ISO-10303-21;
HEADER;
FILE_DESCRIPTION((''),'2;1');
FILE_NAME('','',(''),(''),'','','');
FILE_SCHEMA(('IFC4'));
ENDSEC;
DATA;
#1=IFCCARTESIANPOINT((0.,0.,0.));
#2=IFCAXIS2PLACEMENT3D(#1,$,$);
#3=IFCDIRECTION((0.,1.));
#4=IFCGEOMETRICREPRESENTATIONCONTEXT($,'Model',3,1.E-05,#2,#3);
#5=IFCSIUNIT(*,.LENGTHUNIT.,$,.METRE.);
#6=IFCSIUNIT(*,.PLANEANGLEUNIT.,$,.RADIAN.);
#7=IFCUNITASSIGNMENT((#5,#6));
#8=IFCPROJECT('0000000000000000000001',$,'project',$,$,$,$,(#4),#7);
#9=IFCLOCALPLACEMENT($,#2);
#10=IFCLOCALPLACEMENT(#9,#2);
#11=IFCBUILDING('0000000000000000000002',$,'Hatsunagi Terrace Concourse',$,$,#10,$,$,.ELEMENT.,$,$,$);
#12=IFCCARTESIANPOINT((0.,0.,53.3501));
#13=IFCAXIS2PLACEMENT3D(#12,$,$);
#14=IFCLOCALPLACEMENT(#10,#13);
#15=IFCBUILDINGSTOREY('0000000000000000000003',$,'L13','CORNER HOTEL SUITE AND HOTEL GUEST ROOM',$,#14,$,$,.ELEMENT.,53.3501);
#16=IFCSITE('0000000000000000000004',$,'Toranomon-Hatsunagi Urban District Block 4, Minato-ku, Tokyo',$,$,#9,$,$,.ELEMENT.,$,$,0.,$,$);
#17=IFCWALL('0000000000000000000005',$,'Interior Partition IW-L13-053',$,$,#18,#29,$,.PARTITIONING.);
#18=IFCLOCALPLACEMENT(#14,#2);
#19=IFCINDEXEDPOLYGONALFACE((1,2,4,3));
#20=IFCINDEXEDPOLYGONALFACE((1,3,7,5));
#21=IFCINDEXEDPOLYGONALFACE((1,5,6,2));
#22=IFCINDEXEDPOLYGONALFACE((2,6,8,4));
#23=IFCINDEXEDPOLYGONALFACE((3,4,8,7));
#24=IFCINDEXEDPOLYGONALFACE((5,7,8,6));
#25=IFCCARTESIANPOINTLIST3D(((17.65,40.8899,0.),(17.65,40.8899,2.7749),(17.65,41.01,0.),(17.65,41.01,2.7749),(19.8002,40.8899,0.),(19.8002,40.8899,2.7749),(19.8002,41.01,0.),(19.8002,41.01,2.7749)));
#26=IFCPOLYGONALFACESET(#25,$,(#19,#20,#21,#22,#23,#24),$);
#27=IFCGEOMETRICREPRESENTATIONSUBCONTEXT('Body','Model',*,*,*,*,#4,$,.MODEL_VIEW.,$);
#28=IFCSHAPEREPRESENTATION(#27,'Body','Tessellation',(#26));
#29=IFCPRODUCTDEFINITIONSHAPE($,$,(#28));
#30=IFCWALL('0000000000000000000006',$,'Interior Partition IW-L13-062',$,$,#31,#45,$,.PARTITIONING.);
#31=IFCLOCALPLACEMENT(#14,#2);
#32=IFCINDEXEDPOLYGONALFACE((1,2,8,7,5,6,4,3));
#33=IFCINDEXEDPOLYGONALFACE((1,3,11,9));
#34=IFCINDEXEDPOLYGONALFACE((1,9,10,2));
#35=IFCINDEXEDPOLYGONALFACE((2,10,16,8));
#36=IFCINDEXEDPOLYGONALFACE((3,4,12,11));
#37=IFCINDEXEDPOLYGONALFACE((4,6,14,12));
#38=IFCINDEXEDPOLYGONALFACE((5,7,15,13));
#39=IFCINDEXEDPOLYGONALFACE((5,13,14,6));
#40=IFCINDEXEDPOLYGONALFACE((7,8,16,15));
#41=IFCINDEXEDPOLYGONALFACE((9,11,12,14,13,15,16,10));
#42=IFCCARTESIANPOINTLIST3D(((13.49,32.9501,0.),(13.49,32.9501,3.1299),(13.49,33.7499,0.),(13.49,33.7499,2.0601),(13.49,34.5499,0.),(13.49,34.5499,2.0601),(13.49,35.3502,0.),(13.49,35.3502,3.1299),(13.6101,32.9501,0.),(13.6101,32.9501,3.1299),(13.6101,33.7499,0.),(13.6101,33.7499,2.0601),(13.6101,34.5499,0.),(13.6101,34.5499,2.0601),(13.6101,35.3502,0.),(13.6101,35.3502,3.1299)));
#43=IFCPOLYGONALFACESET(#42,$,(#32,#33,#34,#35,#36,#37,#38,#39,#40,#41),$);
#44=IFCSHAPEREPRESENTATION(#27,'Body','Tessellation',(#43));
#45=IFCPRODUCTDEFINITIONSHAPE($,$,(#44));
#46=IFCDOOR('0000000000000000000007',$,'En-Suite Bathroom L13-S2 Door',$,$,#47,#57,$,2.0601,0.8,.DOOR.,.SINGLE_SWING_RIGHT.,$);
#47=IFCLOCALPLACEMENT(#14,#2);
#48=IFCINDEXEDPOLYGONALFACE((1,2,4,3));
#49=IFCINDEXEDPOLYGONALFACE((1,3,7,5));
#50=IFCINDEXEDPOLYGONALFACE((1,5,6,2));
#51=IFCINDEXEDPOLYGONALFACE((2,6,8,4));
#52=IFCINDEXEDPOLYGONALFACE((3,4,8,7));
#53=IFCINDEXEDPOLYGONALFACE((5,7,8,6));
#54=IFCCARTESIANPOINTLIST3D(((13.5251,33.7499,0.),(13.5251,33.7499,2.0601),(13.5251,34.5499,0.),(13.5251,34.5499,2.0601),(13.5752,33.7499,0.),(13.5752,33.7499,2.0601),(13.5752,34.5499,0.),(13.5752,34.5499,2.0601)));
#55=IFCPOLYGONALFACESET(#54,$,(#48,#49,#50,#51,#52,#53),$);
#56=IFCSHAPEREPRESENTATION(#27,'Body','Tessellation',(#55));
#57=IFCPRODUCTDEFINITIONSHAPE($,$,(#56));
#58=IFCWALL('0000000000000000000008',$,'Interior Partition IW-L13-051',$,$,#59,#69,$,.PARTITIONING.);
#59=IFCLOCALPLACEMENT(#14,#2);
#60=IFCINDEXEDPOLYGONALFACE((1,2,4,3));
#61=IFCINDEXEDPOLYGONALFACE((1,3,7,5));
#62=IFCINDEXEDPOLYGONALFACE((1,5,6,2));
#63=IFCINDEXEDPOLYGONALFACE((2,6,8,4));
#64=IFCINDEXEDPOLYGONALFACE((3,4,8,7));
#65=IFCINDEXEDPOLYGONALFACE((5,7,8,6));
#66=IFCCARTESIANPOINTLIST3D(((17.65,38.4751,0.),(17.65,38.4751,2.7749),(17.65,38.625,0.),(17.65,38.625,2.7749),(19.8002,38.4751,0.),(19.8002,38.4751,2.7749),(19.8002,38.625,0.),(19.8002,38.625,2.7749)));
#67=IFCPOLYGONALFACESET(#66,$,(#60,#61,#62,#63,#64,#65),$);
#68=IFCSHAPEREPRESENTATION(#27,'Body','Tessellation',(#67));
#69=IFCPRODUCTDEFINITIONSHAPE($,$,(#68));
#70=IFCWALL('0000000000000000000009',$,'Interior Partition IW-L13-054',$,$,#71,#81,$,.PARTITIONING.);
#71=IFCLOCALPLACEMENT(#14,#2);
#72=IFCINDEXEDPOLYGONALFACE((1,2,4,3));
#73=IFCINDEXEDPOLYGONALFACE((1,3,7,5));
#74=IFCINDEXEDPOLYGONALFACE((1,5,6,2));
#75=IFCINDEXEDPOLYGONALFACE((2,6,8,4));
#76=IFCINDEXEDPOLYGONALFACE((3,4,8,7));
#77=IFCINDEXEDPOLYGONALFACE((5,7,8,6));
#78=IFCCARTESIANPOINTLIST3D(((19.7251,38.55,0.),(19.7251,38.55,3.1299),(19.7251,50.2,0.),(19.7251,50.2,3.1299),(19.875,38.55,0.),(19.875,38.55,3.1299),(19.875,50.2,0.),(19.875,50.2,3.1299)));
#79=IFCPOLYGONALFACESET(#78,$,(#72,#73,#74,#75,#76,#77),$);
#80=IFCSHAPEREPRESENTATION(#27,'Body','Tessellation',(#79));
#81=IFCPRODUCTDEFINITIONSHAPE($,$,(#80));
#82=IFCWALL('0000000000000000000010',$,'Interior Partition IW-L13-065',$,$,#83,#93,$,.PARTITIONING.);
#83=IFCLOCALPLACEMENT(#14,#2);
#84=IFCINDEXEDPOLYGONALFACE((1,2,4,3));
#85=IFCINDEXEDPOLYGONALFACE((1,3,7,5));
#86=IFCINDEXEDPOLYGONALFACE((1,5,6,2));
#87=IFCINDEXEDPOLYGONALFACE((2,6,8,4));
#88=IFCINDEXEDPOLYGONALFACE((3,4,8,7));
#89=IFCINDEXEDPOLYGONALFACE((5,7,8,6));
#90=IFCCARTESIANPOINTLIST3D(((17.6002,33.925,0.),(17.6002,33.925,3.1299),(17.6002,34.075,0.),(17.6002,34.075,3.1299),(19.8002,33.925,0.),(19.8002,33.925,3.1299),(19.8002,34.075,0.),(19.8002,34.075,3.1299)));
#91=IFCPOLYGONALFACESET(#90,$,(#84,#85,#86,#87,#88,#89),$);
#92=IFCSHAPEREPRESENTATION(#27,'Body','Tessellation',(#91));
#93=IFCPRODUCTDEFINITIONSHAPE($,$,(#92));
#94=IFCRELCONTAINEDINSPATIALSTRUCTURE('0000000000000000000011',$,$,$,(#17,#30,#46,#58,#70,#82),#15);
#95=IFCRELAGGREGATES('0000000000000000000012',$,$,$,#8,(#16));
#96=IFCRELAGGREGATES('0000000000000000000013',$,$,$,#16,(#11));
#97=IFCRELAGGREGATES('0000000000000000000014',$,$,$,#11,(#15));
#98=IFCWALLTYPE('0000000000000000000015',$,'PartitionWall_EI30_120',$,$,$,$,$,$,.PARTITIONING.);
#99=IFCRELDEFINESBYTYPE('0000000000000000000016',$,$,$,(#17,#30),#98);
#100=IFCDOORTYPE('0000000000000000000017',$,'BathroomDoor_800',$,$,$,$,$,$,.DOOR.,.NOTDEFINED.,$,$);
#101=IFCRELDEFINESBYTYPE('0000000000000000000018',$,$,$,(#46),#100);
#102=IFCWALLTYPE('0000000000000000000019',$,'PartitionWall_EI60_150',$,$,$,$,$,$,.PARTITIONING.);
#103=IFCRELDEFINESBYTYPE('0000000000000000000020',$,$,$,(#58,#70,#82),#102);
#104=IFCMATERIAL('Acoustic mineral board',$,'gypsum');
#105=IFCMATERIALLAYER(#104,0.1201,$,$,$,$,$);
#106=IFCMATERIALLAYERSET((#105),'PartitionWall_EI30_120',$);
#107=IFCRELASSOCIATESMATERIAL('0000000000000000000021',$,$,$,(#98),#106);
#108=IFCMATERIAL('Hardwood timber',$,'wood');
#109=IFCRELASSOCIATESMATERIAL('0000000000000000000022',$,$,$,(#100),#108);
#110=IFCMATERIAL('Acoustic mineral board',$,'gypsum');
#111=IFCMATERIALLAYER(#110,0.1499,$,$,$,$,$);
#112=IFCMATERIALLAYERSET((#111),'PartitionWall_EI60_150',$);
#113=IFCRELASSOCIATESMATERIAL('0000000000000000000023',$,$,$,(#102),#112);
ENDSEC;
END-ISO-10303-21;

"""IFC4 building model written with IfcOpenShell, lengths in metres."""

from ifc_helpers import new_model, si_unit, direction, frame, frame_2d, origin, place, context, subcontext, project, spatial, rectangle, extrude, material, layer, layer_set, type_object, element, fill, save


model = new_model("IFC4")

# Units and contexts
model_context = context("Model", 3, precision=1e-05, world=origin(), true_north=direction((0.0, 1.0)))
body_context = subcontext(model_context, "Body", "Model", "MODEL_VIEW")
ifc_project = project(units=[si_unit("LENGTHUNIT", "METRE"), si_unit("PLANEANGLEUNIT", "RADIAN")], contexts=[model_context])

# Site, building, storey
site_placement = place(None, origin())
site = spatial("IfcSite", under=ifc_project, at=site_placement, Name="Toranomon-Hatsunagi Urban District Block 4, Minato-ku, Tokyo", CompositionType="ELEMENT", RefElevation=0.0)
building_placement = place(site_placement, origin())
building = spatial("IfcBuilding", under=site, at=building_placement, Name="Hatsunagi Terrace Concourse", CompositionType="ELEMENT")
storey_placement = place(building_placement, frame((0.0, 0.0, 53.3501)))
storey = spatial("IfcBuildingStorey", under=building, at=storey_placement, Name="L13", Description="CORNER HOTEL SUITE AND HOTEL GUEST ROOM", CompositionType="ELEMENT", Elevation=53.3501)

# Shared definitions
ifc_material_1 = material(Name="Acoustic mineral board", Category="gypsum")
ifc_layer_1 = layer(ifc_material_1, 0.1201)
ifc_layer_set_1 = layer_set([ifc_layer_1], Name="PartitionWall_EI30_120")
wall_type_1 = type_object("IfcWallType", Name="PartitionWall_EI30_120", PredefinedType="PARTITIONING", material=ifc_layer_set_1)
ifc_material_2 = material(Name="Hardwood timber", Category="wood")
door_type_1 = type_object("IfcDoorType", Name="BathroomDoor_800", OperationType="NOTDEFINED", PredefinedType="DOOR", material=ifc_material_2)

# Wall
wall_1_placement = place(storey_placement, frame((17.6499, 40.95, 0.0), z_axis=(0.0, 0.0, 1.0), x_axis=(1.0, 0.0, 0.0)))
element("IfcWall", 1, at=wall_1_placement, inside=storey, type_object=wall_type_1, Name="Interior Partition IW-L13-053", PredefinedType="PARTITIONING", context=body_context, shape_type="SweptSolid", body=[
    extrude(rectangle(XDim=2.1501, YDim=0.1201, at=frame_2d((1.0752, 0.0))), origin(), (0.0, 0.0, 1.0), 2.7749),
])

# Wall, opening, door
wall_2_placement = place(storey_placement, frame((13.55, 32.95, 0.0), z_axis=(0.0, 0.0, 1.0), x_axis=(0.0, 1.0, 0.0)))
wall_2 = element("IfcWall", 2, at=wall_2_placement, inside=storey, type_object=wall_type_1, Name="Interior Partition IW-L13-062", PredefinedType="PARTITIONING", context=body_context, shape_type="SweptSolid", body=[
    extrude(rectangle(XDim=2.4001, YDim=0.1201, at=frame_2d((1.2002, 0.0))), origin(), (0.0, 0.0, 1.0), 3.1299),
])
opening_1_placement = place(wall_2_placement, frame((0.8, 0.0, 0.0)))
opening_1 = element("IfcOpeningElement", 3, at=opening_1_placement, cuts=wall_2, PredefinedType="OPENING", context=body_context, shape_type="SweptSolid", body=[
    extrude(rectangle(XDim=0.8, YDim=2.0601, at=frame_2d((0.3999, 1.03))), frame((0.0, 0.0701, 0.0), z_axis=(0.0, -1.0, 0.0), x_axis=(1.0, 0.0, 0.0)), (0.0, 0.0, 1.0), 0.1401),
])
door_1_placement = place(opening_1_placement, origin())
door_1 = element("IfcDoor", 4, at=door_1_placement, inside=storey, type_object=door_type_1, Name="En-Suite Bathroom L13-S2 Door", OperationType="SINGLE_SWING_RIGHT", OverallHeight=2.0601, OverallWidth=0.8, PredefinedType="DOOR", context=body_context, shape_type="SweptSolid", body=[
    extrude(rectangle(XDim=0.8, YDim=2.0601, at=frame_2d((0.3999, 1.03))), frame((0.0, 0.0249, 0.0), z_axis=(0.0, -1.0, 0.0), x_axis=(1.0, 0.0, 0.0)), (0.0, 0.0, 1.0), 0.05),
])
fill(opening_1, door_1)

# Walls
ifc_material_3 = material(Name="Acoustic mineral board", Category="gypsum")
ifc_layer_2 = layer(ifc_material_3, 0.1499)
ifc_layer_set_2 = layer_set([ifc_layer_2], Name="PartitionWall_EI60_150")
wall_type_2 = type_object("IfcWallType", Name="PartitionWall_EI60_150", PredefinedType="PARTITIONING", material=ifc_layer_set_2)
wall_3_placement = place(storey_placement, frame((17.6499, 38.55, 0.0), z_axis=(0.0, 0.0, 1.0), x_axis=(1.0, 0.0, 0.0)))
element("IfcWall", 5, at=wall_3_placement, inside=storey, type_object=wall_type_2, Name="Interior Partition IW-L13-051", PredefinedType="PARTITIONING", context=body_context, shape_type="SweptSolid", body=[
    extrude(rectangle(XDim=2.1501, YDim=0.1499, at=frame_2d((1.0752, 0.0))), origin(), (0.0, 0.0, 1.0), 2.7749),
])
wall_4_placement = place(storey_placement, frame((19.8, 38.55, 0.0), z_axis=(0.0, 0.0, 1.0), x_axis=(0.0, 1.0, 0.0)))
element("IfcWall", 6, at=wall_4_placement, inside=storey, type_object=wall_type_2, Name="Interior Partition IW-L13-054", PredefinedType="PARTITIONING", context=body_context, shape_type="SweptSolid", body=[
    extrude(rectangle(XDim=11.6499, YDim=0.1499, at=frame_2d((5.825, 0.0))), origin(), (0.0, 0.0, 1.0), 3.1299),
])

# Wall
wall_5_placement = place(storey_placement, frame((17.6001, 34.0, 0.0), z_axis=(0.0, 0.0, 1.0), x_axis=(1.0, 0.0, 0.0)))
element("IfcWall", 7, at=wall_5_placement, inside=storey, type_object=wall_type_2, Name="Interior Partition IW-L13-065", PredefinedType="PARTITIONING", context=body_context, shape_type="SweptSolid", body=[
    extrude(rectangle(XDim=2.2, YDim=0.1499, at=frame_2d((1.1001, 0.0))), origin(), (0.0, 0.0, 1.0), 3.1299),
])

save(model, "model.ifc")
